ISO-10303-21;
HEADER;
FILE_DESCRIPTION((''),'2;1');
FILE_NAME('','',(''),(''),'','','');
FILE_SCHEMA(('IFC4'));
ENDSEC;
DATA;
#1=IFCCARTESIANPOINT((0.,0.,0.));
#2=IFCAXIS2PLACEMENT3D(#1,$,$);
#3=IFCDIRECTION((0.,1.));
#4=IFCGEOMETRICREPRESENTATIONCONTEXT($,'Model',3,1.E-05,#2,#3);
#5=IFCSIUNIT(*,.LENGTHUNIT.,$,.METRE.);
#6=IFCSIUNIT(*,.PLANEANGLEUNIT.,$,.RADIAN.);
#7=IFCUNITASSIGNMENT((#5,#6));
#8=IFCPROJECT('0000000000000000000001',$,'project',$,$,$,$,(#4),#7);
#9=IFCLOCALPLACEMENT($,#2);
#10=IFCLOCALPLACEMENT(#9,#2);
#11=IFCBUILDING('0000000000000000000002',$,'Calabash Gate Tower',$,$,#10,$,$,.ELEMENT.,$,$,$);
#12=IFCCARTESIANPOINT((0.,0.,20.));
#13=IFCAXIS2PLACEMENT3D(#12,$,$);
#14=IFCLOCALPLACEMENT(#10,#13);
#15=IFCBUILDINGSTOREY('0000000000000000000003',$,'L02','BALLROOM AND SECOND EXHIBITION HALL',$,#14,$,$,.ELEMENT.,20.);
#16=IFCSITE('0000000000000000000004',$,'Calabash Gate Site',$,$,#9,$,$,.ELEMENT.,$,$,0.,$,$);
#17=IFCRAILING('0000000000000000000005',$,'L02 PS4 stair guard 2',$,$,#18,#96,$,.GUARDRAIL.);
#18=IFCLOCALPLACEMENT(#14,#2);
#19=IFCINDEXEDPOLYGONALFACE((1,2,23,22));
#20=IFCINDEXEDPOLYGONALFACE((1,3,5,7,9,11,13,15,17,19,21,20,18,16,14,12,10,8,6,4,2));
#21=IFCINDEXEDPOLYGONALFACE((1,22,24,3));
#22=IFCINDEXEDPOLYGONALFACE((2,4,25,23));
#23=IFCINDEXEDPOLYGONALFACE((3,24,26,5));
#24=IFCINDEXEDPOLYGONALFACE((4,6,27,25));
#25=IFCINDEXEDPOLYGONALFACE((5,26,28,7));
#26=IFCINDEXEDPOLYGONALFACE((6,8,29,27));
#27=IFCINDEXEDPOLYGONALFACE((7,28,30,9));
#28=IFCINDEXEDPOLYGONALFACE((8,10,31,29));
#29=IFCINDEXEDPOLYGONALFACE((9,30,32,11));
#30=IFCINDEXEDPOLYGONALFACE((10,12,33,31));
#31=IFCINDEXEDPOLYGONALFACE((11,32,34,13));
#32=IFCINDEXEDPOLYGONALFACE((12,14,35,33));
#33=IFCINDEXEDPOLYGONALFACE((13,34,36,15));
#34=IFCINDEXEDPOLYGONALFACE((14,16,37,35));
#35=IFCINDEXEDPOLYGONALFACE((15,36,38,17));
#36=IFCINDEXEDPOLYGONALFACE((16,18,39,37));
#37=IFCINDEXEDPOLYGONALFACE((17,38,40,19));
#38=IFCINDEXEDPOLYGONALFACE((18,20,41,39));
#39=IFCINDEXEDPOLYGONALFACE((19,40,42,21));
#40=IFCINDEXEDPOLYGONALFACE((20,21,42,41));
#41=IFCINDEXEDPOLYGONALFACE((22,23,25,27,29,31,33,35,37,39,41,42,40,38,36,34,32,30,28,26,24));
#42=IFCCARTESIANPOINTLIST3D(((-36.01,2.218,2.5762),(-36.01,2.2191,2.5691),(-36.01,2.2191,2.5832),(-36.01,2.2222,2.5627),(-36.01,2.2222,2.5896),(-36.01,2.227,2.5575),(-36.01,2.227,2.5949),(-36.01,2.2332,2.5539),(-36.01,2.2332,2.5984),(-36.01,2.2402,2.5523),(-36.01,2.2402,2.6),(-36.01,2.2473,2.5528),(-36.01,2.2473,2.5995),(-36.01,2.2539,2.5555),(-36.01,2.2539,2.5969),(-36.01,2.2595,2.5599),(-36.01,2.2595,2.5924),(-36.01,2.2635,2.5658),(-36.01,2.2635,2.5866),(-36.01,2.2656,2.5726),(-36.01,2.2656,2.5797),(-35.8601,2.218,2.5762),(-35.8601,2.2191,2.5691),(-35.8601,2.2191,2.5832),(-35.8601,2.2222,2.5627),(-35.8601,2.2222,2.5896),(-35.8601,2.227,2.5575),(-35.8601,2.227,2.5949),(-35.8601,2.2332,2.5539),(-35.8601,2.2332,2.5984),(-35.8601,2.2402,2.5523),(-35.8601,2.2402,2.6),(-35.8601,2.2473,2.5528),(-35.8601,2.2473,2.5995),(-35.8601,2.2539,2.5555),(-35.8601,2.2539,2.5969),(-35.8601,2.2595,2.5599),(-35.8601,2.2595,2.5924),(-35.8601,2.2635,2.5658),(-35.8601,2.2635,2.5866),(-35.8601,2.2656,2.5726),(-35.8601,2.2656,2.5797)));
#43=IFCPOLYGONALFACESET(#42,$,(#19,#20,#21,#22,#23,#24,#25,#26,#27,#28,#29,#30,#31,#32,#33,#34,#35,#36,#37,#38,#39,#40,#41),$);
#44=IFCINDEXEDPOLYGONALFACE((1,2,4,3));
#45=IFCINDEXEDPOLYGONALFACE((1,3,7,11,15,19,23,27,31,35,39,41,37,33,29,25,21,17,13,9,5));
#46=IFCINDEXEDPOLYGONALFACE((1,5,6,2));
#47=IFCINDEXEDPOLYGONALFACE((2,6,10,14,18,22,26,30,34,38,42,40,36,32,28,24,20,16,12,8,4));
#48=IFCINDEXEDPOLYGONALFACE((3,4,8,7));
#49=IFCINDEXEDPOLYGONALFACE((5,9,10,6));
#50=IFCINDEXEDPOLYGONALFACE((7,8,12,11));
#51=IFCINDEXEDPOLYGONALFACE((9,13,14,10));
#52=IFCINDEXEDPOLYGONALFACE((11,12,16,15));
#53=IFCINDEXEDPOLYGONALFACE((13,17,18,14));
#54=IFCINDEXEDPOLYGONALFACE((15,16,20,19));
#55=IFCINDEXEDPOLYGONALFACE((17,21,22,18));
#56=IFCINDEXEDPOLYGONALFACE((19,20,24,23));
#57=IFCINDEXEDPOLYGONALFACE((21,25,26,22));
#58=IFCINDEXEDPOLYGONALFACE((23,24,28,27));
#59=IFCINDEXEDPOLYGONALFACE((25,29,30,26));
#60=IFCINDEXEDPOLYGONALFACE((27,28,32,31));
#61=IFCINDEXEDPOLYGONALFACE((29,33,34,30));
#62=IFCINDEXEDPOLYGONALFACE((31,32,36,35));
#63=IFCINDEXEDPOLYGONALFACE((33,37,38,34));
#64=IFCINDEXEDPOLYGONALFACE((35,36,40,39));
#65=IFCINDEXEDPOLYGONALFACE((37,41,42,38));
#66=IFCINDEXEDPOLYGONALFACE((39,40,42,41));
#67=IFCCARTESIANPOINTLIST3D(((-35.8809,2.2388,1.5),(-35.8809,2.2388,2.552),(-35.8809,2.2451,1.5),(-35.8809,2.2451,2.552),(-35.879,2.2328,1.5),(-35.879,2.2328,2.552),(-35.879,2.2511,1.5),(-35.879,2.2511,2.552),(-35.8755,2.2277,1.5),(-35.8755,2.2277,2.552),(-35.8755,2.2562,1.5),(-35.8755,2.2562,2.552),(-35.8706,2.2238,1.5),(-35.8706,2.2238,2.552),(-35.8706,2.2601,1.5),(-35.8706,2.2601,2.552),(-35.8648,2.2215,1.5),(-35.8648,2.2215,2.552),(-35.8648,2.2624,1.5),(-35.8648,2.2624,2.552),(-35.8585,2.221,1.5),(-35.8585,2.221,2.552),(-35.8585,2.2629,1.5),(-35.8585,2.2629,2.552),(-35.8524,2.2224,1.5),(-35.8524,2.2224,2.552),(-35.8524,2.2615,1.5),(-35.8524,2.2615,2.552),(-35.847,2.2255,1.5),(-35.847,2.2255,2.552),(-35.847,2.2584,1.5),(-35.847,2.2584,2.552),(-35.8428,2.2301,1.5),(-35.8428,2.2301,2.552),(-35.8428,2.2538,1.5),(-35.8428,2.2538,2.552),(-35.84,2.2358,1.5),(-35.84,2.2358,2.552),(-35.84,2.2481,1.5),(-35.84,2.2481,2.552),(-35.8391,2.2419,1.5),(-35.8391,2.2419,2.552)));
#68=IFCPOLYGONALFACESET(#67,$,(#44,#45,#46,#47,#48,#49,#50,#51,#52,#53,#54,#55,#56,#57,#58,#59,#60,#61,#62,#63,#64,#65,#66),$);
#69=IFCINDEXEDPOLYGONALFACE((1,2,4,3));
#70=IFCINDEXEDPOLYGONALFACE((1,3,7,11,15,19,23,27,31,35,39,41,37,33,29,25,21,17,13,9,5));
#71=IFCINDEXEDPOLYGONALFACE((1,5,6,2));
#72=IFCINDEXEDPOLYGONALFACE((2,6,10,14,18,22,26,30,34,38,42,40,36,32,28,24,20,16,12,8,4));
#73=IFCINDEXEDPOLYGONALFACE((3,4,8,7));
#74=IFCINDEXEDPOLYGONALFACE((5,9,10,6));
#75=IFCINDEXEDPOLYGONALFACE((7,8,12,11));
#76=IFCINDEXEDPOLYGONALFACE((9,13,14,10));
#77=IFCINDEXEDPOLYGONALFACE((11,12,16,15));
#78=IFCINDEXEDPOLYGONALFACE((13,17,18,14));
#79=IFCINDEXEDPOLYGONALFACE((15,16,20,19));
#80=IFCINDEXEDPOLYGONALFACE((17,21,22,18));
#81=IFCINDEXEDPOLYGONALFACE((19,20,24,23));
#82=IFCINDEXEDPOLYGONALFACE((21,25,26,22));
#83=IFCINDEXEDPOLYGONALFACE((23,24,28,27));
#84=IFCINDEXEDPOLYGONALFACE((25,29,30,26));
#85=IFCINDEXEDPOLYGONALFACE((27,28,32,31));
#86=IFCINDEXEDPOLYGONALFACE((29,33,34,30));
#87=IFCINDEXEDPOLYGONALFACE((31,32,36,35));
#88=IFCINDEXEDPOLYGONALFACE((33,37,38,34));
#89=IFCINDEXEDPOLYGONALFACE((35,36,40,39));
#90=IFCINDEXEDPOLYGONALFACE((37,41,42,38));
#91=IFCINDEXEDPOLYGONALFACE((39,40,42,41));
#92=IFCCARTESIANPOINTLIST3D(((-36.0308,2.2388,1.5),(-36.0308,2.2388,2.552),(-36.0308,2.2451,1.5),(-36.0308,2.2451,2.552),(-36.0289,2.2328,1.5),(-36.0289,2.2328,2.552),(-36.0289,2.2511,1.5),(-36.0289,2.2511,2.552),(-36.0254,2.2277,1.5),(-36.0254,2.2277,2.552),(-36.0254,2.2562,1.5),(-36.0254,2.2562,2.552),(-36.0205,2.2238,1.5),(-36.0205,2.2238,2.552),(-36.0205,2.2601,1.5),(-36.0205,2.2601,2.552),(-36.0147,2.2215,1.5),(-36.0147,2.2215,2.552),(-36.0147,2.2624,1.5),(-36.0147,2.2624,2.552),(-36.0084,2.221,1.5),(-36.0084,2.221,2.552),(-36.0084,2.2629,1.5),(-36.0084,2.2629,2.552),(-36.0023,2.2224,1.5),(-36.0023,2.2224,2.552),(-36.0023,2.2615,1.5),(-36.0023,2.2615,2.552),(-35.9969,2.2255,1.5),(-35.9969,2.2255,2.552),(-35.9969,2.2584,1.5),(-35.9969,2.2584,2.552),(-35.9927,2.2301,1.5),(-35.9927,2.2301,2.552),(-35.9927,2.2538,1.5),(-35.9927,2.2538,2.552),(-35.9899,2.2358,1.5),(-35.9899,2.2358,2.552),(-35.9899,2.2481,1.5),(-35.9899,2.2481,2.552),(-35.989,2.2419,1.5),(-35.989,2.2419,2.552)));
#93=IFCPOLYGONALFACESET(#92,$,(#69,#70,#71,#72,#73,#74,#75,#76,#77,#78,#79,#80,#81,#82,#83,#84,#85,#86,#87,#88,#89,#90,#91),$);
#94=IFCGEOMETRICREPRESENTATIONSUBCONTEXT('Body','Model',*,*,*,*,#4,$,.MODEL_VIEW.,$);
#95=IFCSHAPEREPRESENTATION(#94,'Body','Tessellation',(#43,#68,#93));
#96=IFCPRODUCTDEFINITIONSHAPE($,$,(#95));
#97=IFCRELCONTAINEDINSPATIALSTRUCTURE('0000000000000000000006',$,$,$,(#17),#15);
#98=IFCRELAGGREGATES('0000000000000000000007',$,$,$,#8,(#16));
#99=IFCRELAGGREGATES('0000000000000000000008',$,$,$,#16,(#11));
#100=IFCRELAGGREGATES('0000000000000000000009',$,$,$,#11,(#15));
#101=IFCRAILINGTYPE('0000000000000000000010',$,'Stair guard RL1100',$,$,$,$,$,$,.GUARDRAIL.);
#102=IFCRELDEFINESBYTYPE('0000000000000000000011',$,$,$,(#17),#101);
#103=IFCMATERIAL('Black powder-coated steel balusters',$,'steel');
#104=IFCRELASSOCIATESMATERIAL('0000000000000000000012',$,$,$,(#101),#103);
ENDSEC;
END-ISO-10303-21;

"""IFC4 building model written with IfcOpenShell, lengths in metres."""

from ifc_helpers import new_model, si_unit, direction, frame, origin, origin_2d, place, context, subcontext, project, spatial, circle, extrude, material, type_object, element, save


model = new_model("IFC4")

# Units and contexts
model_context = context("Model", 3, precision=1e-05, world=origin(), true_north=direction((0.0, 1.0)))
body_context = subcontext(model_context, "Body", "Model", "MODEL_VIEW")
ifc_project = project(units=[si_unit("LENGTHUNIT", "METRE"), si_unit("PLANEANGLEUNIT", "RADIAN")], contexts=[model_context])

# Site, building, storey
site_placement = place(None, origin())
site = spatial("IfcSite", under=ifc_project, at=site_placement, Name="Calabash Gate Site", CompositionType="ELEMENT", RefElevation=0.0)
building_placement = place(site_placement, origin())
building = spatial("IfcBuilding", under=site, at=building_placement, Name="Calabash Gate Tower", CompositionType="ELEMENT")
storey_placement = place(building_placement, frame((0.0, 0.0, 20.0)))
storey = spatial("IfcBuildingStorey", under=building, at=storey_placement, Name="L02", Description="BALLROOM AND SECOND EXHIBITION HALL", CompositionType="ELEMENT", Elevation=20.0)

# Railing
ifc_material_1 = material(Name="Black powder-coated steel balusters", Category="steel")
railing_type_1 = type_object("IfcRailingType", Name="Stair guard RL1100", PredefinedType="GUARDRAIL", material=ifc_material_1)
railing_1_placement = place(storey_placement, frame((-35.8601, 2.2419, 1.5)))
element("IfcRailing", 1, at=railing_1_placement, inside=storey, type_object=railing_type_1, Name="L02 PS4 stair guard 2", PredefinedType="GUARDRAIL", context=body_context, shape_type="SweptSolid", body=[
    extrude(circle(Radius=0.0239, at=origin_2d()), frame((0.0, 0.0, 1.0762), z_axis=(-1.0, 0.0, 0.0), x_axis=(0.0, -1.0, 0.0)), (0.0, 0.0, 1.0), 0.1499),
    extrude(circle(Radius=0.021, at=origin_2d()), origin(), (0.0, 0.0, 1.0), 1.052),
    extrude(circle(Radius=0.021, at=origin_2d()), frame((-0.1499, 0.0, 0.0)), (0.0, 0.0, 1.0), 1.052),
])

save(model, "model.ifc")
